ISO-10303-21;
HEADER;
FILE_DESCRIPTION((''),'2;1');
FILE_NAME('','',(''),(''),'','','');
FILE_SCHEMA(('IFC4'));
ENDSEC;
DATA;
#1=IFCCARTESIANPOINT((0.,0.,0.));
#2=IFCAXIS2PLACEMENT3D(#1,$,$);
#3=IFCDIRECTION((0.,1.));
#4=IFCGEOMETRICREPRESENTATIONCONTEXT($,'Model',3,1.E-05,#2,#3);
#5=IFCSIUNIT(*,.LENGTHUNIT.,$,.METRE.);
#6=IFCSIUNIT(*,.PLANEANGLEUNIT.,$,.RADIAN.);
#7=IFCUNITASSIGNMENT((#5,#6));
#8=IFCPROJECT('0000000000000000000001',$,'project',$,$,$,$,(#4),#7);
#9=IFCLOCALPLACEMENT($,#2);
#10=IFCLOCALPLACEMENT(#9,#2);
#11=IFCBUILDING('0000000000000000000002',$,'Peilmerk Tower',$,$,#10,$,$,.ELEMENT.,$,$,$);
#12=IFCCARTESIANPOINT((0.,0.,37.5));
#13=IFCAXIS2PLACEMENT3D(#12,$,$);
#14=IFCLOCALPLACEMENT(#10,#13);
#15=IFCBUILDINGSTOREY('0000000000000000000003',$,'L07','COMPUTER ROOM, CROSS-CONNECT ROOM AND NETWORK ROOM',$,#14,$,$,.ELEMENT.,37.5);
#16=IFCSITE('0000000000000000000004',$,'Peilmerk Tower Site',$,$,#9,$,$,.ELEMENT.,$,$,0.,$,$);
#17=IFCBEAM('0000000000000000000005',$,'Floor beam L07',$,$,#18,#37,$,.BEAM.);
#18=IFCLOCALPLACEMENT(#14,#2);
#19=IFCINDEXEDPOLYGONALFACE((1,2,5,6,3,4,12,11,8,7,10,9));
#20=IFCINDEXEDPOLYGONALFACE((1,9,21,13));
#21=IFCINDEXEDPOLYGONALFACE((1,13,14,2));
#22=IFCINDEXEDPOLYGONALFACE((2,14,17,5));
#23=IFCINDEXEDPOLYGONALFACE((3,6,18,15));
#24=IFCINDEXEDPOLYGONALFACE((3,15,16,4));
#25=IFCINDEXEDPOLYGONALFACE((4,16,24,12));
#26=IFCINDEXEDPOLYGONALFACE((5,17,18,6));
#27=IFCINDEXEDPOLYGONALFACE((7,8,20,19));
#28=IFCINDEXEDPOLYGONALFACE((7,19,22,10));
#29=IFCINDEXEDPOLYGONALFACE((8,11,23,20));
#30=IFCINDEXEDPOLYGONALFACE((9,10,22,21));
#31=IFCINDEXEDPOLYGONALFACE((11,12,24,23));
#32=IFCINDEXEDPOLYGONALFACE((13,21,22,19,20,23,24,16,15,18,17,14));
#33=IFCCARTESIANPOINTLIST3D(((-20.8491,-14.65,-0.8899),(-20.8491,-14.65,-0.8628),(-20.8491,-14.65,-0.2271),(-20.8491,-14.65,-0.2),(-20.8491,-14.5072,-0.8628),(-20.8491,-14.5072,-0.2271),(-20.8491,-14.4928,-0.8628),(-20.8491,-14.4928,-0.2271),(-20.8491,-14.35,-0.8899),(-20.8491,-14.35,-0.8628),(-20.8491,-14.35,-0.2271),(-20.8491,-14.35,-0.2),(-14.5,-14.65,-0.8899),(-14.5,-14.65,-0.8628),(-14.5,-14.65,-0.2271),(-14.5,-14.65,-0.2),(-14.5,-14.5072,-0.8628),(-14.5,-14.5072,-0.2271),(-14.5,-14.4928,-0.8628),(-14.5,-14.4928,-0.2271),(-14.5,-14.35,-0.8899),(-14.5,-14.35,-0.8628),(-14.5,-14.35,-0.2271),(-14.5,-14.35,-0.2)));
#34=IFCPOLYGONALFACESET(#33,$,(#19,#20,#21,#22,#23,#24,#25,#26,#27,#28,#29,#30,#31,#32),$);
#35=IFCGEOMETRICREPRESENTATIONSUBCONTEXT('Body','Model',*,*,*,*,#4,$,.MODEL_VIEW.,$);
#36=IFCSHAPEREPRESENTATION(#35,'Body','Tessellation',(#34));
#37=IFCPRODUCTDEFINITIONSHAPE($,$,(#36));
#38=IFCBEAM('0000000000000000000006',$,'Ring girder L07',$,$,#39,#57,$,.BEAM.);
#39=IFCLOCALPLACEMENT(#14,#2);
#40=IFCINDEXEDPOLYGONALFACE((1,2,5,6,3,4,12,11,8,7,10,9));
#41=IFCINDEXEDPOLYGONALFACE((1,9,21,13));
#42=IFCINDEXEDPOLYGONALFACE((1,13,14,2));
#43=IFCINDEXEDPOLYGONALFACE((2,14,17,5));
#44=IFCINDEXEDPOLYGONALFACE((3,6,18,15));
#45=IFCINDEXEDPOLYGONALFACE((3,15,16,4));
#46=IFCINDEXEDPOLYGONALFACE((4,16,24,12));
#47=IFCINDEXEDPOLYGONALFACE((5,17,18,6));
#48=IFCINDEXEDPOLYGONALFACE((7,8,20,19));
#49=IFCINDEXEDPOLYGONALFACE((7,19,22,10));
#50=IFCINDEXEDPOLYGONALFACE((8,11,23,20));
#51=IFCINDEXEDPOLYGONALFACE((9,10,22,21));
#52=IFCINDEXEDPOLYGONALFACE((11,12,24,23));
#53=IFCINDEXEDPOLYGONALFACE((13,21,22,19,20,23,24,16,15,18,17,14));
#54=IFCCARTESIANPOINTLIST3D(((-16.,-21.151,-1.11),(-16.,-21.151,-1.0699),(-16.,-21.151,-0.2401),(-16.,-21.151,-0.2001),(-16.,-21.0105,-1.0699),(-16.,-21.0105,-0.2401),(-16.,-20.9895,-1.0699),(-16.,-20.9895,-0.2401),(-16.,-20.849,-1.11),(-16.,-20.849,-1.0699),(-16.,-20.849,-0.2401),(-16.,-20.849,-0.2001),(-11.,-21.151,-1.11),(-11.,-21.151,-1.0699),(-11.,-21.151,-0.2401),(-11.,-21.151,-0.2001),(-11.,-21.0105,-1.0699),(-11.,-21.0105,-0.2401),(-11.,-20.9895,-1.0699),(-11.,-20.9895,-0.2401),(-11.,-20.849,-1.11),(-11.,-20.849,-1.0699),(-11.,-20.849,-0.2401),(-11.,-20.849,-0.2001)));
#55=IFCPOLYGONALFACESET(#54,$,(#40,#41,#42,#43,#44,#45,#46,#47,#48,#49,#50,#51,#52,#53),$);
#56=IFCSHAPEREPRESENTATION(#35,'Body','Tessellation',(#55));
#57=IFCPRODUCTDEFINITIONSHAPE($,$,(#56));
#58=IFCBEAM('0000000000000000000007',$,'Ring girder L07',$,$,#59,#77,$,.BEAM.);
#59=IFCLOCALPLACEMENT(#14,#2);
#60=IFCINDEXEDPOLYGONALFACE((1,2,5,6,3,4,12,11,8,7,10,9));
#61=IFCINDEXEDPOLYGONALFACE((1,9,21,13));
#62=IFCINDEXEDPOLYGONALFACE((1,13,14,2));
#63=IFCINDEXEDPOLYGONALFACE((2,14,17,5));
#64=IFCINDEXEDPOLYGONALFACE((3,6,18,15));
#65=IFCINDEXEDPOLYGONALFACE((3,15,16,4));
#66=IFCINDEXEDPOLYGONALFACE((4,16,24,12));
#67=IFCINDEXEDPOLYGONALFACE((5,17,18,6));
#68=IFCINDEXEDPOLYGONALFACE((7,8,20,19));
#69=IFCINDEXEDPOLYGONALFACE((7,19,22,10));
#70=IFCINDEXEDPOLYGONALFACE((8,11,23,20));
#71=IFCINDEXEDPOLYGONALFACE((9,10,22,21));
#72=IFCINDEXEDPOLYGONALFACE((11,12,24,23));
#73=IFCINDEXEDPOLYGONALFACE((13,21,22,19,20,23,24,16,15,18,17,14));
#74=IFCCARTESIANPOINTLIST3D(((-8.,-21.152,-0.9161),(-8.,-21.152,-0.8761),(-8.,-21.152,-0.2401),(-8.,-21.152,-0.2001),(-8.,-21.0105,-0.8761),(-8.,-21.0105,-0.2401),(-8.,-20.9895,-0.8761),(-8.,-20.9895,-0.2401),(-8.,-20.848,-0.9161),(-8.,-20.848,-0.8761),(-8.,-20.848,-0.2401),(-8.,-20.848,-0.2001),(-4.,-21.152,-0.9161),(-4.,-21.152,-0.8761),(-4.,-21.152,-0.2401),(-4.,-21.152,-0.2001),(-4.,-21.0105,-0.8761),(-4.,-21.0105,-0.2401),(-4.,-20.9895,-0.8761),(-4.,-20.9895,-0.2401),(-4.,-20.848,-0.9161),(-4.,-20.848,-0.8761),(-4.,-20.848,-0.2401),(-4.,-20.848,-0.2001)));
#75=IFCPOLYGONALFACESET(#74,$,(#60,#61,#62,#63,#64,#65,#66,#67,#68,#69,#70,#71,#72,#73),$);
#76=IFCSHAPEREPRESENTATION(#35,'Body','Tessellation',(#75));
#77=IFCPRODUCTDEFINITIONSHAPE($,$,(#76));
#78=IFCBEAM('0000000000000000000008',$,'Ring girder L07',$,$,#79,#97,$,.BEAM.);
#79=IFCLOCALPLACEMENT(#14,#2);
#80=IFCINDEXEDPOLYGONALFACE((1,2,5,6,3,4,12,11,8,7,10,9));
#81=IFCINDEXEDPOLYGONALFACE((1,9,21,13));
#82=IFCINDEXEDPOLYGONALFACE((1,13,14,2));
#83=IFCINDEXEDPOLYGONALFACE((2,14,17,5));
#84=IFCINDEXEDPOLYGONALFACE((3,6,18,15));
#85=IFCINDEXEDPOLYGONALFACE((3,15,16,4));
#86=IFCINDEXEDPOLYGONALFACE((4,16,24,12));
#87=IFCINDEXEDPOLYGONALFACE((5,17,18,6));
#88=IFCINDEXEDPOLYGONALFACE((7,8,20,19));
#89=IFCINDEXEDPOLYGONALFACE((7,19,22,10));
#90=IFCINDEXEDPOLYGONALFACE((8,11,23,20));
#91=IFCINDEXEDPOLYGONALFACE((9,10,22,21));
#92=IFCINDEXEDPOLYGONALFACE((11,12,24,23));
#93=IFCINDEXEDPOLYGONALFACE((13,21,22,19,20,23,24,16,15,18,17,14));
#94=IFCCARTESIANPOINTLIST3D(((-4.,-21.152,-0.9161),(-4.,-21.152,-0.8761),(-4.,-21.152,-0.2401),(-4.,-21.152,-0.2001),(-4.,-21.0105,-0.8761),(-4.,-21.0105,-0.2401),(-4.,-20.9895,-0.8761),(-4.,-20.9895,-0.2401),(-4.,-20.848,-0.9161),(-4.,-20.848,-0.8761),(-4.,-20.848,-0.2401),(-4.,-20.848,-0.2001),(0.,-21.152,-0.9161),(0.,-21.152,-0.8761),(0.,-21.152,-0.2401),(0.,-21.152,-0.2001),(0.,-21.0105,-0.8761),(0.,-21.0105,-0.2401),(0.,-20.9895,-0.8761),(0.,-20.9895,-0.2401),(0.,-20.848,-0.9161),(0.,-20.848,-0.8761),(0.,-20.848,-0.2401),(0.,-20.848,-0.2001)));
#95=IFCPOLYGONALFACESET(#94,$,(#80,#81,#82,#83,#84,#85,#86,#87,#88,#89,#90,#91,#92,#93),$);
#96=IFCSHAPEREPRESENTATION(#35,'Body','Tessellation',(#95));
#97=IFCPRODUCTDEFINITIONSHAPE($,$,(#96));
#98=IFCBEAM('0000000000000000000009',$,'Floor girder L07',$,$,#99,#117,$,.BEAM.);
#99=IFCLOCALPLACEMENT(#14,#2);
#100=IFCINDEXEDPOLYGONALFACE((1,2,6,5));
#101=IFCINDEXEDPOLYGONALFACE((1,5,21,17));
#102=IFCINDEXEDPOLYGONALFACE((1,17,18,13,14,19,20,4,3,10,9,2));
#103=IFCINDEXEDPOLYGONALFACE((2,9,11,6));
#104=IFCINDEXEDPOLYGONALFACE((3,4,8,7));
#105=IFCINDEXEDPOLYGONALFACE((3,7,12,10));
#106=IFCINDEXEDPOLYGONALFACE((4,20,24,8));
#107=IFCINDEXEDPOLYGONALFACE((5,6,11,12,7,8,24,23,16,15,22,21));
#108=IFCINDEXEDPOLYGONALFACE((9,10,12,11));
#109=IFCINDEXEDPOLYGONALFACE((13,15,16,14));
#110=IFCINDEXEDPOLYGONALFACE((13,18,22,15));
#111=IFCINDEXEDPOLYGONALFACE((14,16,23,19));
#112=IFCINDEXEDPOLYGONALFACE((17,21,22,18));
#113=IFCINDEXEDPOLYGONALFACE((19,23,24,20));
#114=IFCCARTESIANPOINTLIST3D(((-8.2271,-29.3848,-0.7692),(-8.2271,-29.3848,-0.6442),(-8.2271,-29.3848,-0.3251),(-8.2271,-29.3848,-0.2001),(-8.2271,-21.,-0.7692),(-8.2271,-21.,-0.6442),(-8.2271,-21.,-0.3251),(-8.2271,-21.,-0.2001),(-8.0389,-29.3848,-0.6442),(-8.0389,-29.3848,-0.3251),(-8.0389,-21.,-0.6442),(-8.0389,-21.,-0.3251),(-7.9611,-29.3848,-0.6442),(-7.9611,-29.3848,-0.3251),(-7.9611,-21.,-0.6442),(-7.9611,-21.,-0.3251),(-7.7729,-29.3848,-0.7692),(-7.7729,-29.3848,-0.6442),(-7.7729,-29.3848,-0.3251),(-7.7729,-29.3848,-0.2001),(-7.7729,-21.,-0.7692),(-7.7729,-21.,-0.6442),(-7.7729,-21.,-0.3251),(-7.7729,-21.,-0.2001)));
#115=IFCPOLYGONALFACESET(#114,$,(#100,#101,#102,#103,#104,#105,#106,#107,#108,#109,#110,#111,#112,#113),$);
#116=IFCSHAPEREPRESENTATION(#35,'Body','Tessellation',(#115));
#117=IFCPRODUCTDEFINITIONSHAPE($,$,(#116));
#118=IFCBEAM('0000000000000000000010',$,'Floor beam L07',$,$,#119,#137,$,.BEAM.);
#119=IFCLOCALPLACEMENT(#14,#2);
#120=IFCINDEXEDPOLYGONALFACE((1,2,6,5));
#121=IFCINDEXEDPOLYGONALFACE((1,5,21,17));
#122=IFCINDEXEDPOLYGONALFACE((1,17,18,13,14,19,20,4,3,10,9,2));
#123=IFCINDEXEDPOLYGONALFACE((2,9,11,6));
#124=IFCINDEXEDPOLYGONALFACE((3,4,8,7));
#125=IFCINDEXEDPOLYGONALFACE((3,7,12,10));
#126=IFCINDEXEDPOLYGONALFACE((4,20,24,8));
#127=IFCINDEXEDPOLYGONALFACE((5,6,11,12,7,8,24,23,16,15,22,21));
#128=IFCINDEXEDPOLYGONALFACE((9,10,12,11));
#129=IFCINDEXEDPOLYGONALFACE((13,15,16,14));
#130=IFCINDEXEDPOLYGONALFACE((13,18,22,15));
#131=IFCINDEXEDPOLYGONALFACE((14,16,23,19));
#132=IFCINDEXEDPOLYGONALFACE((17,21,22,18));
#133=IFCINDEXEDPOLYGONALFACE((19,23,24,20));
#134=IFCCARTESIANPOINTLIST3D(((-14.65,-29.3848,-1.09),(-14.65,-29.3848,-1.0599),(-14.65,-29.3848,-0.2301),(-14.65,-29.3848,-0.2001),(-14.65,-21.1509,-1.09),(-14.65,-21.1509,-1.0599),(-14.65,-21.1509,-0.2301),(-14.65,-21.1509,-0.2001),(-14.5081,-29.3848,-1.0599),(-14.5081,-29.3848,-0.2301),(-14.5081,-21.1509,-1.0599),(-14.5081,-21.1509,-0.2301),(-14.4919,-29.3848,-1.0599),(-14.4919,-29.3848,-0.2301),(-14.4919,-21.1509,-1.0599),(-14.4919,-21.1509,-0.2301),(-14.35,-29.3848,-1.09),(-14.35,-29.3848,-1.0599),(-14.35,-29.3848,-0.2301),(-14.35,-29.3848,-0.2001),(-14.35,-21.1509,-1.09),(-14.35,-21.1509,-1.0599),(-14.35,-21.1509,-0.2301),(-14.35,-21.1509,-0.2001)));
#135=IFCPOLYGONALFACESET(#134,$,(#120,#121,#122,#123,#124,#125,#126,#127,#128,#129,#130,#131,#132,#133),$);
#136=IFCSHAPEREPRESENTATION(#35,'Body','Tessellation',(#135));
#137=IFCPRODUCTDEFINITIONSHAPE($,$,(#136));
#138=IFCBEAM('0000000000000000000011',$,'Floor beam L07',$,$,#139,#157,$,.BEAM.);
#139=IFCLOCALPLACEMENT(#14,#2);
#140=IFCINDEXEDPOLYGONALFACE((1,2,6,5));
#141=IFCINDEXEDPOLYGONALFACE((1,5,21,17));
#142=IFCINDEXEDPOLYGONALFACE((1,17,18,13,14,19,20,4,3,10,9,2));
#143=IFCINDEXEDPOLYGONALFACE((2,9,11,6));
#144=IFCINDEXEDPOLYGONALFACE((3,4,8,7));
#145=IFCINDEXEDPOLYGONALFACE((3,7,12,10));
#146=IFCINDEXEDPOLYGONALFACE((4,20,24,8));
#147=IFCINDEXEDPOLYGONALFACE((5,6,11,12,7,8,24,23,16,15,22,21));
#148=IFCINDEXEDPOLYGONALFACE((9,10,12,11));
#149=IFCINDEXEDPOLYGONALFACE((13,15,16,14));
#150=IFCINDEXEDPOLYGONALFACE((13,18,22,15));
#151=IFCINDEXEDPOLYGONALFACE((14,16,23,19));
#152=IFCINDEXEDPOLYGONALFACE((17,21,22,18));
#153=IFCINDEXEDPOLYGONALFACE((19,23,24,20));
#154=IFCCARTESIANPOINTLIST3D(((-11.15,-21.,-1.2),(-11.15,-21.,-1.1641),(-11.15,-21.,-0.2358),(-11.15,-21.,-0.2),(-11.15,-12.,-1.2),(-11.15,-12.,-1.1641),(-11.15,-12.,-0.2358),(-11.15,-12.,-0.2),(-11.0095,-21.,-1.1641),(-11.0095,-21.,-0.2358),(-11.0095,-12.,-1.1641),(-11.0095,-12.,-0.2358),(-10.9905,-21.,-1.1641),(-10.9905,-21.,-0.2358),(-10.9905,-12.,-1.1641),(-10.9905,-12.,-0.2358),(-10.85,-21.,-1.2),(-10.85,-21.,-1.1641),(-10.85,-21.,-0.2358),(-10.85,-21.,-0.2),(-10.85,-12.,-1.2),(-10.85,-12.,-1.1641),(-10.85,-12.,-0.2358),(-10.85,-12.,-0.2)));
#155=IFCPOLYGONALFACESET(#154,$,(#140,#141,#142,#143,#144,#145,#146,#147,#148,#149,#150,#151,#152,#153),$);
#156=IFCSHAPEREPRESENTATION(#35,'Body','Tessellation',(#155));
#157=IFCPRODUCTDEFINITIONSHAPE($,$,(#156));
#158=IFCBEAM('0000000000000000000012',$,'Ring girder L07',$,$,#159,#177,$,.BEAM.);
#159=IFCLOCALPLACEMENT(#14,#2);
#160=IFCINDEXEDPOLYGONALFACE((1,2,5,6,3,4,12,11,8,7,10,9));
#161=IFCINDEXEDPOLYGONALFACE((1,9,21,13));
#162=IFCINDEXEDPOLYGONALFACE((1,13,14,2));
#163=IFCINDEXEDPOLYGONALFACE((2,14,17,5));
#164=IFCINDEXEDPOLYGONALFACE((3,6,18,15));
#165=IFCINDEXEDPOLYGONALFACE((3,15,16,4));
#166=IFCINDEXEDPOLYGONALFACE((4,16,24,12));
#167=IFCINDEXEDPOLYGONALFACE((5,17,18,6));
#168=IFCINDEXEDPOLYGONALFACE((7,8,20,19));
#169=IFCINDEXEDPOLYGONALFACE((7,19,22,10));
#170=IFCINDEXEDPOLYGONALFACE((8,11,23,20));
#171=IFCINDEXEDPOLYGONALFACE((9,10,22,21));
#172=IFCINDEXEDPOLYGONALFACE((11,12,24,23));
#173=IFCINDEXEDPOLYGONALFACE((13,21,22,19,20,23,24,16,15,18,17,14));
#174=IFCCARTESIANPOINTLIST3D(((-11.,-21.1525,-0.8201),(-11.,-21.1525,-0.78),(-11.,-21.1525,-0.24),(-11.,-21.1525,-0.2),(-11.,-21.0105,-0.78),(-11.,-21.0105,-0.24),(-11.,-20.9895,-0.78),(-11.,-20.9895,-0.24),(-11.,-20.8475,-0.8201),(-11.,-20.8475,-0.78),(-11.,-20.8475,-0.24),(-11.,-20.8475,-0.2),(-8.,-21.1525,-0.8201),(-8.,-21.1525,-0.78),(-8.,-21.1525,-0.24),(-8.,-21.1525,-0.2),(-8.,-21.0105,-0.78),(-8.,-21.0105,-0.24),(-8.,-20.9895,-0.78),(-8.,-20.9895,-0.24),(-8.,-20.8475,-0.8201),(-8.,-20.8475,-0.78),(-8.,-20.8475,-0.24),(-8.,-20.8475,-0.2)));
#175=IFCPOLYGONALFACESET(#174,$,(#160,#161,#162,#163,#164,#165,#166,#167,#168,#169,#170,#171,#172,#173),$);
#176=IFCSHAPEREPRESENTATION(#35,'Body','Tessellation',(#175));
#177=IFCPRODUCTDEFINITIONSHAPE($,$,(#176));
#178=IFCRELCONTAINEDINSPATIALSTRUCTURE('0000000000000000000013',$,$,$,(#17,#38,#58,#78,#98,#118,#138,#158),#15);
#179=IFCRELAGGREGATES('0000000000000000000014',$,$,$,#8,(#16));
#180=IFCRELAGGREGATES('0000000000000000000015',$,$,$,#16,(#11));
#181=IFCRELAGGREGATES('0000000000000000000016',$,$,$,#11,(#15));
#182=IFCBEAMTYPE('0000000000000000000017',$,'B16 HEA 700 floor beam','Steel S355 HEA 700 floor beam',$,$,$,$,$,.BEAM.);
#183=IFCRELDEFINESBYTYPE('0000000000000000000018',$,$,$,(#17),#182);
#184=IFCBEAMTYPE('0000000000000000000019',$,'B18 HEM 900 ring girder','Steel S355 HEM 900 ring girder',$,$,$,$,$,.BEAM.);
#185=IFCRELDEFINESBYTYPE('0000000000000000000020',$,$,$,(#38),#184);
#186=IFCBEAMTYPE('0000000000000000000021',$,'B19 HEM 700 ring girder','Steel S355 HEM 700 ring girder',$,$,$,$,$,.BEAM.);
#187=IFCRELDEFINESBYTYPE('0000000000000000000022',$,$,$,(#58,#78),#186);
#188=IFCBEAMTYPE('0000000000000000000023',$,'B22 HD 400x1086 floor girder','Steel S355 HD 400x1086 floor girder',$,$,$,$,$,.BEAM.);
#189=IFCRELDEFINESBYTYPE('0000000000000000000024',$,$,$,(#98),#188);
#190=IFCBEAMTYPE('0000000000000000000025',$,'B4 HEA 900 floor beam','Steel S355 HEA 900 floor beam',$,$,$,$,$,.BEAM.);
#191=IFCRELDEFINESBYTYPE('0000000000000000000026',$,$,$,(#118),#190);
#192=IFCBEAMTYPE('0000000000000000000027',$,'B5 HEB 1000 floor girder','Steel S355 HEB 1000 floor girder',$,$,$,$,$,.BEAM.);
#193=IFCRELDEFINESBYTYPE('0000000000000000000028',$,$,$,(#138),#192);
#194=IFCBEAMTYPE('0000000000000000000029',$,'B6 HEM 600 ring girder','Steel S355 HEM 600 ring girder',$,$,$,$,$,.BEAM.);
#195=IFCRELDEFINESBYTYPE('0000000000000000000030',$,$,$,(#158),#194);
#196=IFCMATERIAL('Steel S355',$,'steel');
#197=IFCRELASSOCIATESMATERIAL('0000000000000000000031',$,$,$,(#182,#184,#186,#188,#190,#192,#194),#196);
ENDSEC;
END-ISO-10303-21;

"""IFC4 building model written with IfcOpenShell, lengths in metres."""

from ifc_helpers import new_model, si_unit, direction, frame, origin, origin_2d, place, context, subcontext, project, spatial, i_section, extrude, material, material_profile, profile_set, type_object, element, save


model = new_model("IFC4")

# Units and contexts
model_context = context("Model", 3, precision=1e-05, world=origin(), true_north=direction((0.0, 1.0)))
body_context = subcontext(model_context, "Body", "Model", "MODEL_VIEW")
ifc_project = project(units=[si_unit("LENGTHUNIT", "METRE"), si_unit("PLANEANGLEUNIT", "RADIAN")], contexts=[model_context])

# Site, building, storey
site_placement = place(None, origin())
site = spatial("IfcSite", under=ifc_project, at=site_placement, Name="Peilmerk Tower Site", CompositionType="ELEMENT", RefElevation=0.0)
building_placement = place(site_placement, origin())
building = spatial("IfcBuilding", under=site, at=building_placement, Name="Peilmerk Tower", CompositionType="ELEMENT")
storey_placement = place(building_placement, frame((0.0, 0.0, 37.5)))
storey = spatial("IfcBuildingStorey", under=building, at=storey_placement, Name="L07", Description="COMPUTER ROOM, CROSS-CONNECT ROOM AND NETWORK ROOM", CompositionType="ELEMENT", Elevation=37.5)

# Beams
ifc_material_1 = material(Name="Steel S355", Category="steel")
ifc_material_profile_1 = material_profile(ifc_material_1, i_section(OverallWidth=0.3, OverallDepth=0.6899, WebThickness=0.0144, FlangeThickness=0.0271, at=origin_2d()), Name="HEA 700")
ifc_profile_set_1 = profile_set([ifc_material_profile_1], Name="Steel S355")
beam_type_1 = type_object("IfcBeamType", Name="B16 HEA 700 floor beam", Description="Steel S355 HEA 700 floor beam", PredefinedType="BEAM", material=ifc_profile_set_1)
for number, where, z_axis, x_axis, name in (
    (1, (-14.5, -14.5, -0.5449), (-1.0, 0.0, 0.0), (0.0, -1.0, 0.0), "Floor beam L07"),
):
    element("IfcBeam", number, at=place(storey_placement, frame(where, z_axis=z_axis, x_axis=x_axis)), inside=storey, type_object=beam_type_1, Name=name, PredefinedType="BEAM", context=body_context, shape_type="SweptSolid", body=[
        extrude(i_section(OverallWidth=0.3, OverallDepth=0.6899, WebThickness=0.0144, FlangeThickness=0.0271, at=origin_2d()), origin(), (0.0, 0.0, 1.0), 6.3491),
    ])
ifc_material_profile_2 = material_profile(ifc_material_1, i_section(OverallWidth=0.302, OverallDepth=0.9099, WebThickness=0.021, FlangeThickness=0.04, at=origin_2d()), Name="HEM 900")
ifc_profile_set_2 = profile_set([ifc_material_profile_2], Name="Steel S355")
beam_type_2 = type_object("IfcBeamType", Name="B18 HEM 900 ring girder", Description="Steel S355 HEM 900 ring girder", PredefinedType="BEAM", material=ifc_profile_set_2)
beam_1_placement = place(storey_placement, frame((-16.0, -21.0, -0.655), z_axis=(1.0, 0.0, 0.0), x_axis=(0.0, 1.0, 0.0)))
element("IfcBeam", 2, at=beam_1_placement, inside=storey, type_object=beam_type_2, Name="Ring girder L07", PredefinedType="BEAM", context=body_context, shape_type="SweptSolid", body=[
    extrude(i_section(OverallWidth=0.302, OverallDepth=0.9099, WebThickness=0.021, FlangeThickness=0.04, at=origin_2d()), origin(), (0.0, 0.0, 1.0), 5.0),
])
ifc_material_profile_3 = material_profile(ifc_material_1, i_section(OverallWidth=0.304, OverallDepth=0.7161, WebThickness=0.021, FlangeThickness=0.04, at=origin_2d()), Name="HEM 700")
ifc_profile_set_3 = profile_set([ifc_material_profile_3], Name="Steel S355")
beam_type_3 = type_object("IfcBeamType", Name="B19 HEM 700 ring girder", Description="Steel S355 HEM 700 ring girder", PredefinedType="BEAM", material=ifc_profile_set_3)
for number, where, z_axis, x_axis, name in (
    (3, (-8.0, -21.0, -0.5581), (1.0, 0.0, 0.0), (0.0, 1.0, 0.0), "Ring girder L07"),
    (4, (-4.0, -21.0, -0.5581), (1.0, 0.0, 0.0), (0.0, 1.0, 0.0), "Ring girder L07"),
):
    element("IfcBeam", number, at=place(storey_placement, frame(where, z_axis=z_axis, x_axis=x_axis)), inside=storey, type_object=beam_type_3, Name=name, PredefinedType="BEAM", context=body_context, shape_type="SweptSolid", body=[
        extrude(i_section(OverallWidth=0.304, OverallDepth=0.7161, WebThickness=0.021, FlangeThickness=0.04, at=origin_2d()), origin(), (0.0, 0.0, 1.0), 4.0),
    ])
ifc_material_profile_4 = material_profile(ifc_material_1, i_section(OverallWidth=0.4541, OverallDepth=0.5691, WebThickness=0.0779, FlangeThickness=0.125, at=origin_2d()), Name="HD 400x1086")
ifc_profile_set_4 = profile_set([ifc_material_profile_4], Name="Steel S355")
beam_type_4 = type_object("IfcBeamType", Name="B22 HD 400x1086 floor girder", Description="Steel S355 HD 400x1086 floor girder", PredefinedType="BEAM", material=ifc_profile_set_4)
beam_2_placement = place(storey_placement, frame((-8.0, -21.0, -0.4846), z_axis=(0.0, -1.0, 0.0), x_axis=(1.0, 0.0, 0.0)))
element("IfcBeam", 5, at=beam_2_placement, inside=storey, type_object=beam_type_4, Name="Floor girder L07", PredefinedType="BEAM", context=body_context, shape_type="SweptSolid", body=[
    extrude(i_section(OverallWidth=0.4541, OverallDepth=0.5691, WebThickness=0.0779, FlangeThickness=0.125, at=origin_2d()), origin(), (0.0, 0.0, 1.0), 8.3848),
])
ifc_material_profile_5 = material_profile(ifc_material_1, i_section(OverallWidth=0.3, OverallDepth=0.8899, WebThickness=0.0161, FlangeThickness=0.03, at=origin_2d()), Name="HEA 900")
ifc_profile_set_5 = profile_set([ifc_material_profile_5], Name="Steel S355")
beam_type_5 = type_object("IfcBeamType", Name="B4 HEA 900 floor beam", Description="Steel S355 HEA 900 floor beam", PredefinedType="BEAM", material=ifc_profile_set_5)
beam_3_placement = place(storey_placement, frame((-14.5, -21.1509, -0.645), z_axis=(0.0, -1.0, 0.0), x_axis=(1.0, 0.0, 0.0)))
element("IfcBeam", 6, at=beam_3_placement, inside=storey, type_object=beam_type_5, Name="Floor beam L07", PredefinedType="BEAM", context=body_context, shape_type="SweptSolid", body=[
    extrude(i_section(OverallWidth=0.3, OverallDepth=0.8899, WebThickness=0.0161, FlangeThickness=0.03, at=origin_2d()), origin(), (0.0, 0.0, 1.0), 8.2339),
])
ifc_material_profile_6 = material_profile(ifc_material_1, i_section(OverallWidth=0.3, OverallDepth=1.0, WebThickness=0.019, FlangeThickness=0.0359, at=origin_2d()), Name="HEB 1000")
ifc_profile_set_6 = profile_set([ifc_material_profile_6], Name="Steel S355")
beam_type_6 = type_object("IfcBeamType", Name="B5 HEB 1000 floor girder", Description="Steel S355 HEB 1000 floor girder", PredefinedType="BEAM", material=ifc_profile_set_6)
beam_4_placement = place(storey_placement, frame((-11.0, -12.0, -0.7), z_axis=(0.0, -1.0, 0.0), x_axis=(1.0, 0.0, 0.0)))
element("IfcBeam", 7, at=beam_4_placement, inside=storey, type_object=beam_type_6, Name="Floor beam L07", PredefinedType="BEAM", context=body_context, shape_type="SweptSolid", body=[
    extrude(i_section(OverallWidth=0.3, OverallDepth=1.0, WebThickness=0.019, FlangeThickness=0.0359, at=origin_2d()), origin(), (0.0, 0.0, 1.0), 9.0),
])
ifc_material_profile_7 = material_profile(ifc_material_1, i_section(OverallWidth=0.3049, OverallDepth=0.6201, WebThickness=0.021, FlangeThickness=0.04, at=origin_2d()), Name="HEM 600")
ifc_profile_set_7 = profile_set([ifc_material_profile_7], Name="Steel S355")
beam_type_7 = type_object("IfcBeamType", Name="B6 HEM 600 ring girder", Description="Steel S355 HEM 600 ring girder", PredefinedType="BEAM", material=ifc_profile_set_7)
beam_5_placement = place(storey_placement, frame((-11.0, -21.0, -0.51), z_axis=(1.0, 0.0, 0.0), x_axis=(0.0, 1.0, 0.0)))
element("IfcBeam", 8, at=beam_5_placement, inside=storey, type_object=beam_type_7, Name="Ring girder L07", PredefinedType="BEAM", context=body_context, shape_type="SweptSolid", body=[
    extrude(i_section(OverallWidth=0.3049, OverallDepth=0.6201, WebThickness=0.021, FlangeThickness=0.04, at=origin_2d()), origin(), (0.0, 0.0, 1.0), 3.0),
])

save(model, "model.ifc")
